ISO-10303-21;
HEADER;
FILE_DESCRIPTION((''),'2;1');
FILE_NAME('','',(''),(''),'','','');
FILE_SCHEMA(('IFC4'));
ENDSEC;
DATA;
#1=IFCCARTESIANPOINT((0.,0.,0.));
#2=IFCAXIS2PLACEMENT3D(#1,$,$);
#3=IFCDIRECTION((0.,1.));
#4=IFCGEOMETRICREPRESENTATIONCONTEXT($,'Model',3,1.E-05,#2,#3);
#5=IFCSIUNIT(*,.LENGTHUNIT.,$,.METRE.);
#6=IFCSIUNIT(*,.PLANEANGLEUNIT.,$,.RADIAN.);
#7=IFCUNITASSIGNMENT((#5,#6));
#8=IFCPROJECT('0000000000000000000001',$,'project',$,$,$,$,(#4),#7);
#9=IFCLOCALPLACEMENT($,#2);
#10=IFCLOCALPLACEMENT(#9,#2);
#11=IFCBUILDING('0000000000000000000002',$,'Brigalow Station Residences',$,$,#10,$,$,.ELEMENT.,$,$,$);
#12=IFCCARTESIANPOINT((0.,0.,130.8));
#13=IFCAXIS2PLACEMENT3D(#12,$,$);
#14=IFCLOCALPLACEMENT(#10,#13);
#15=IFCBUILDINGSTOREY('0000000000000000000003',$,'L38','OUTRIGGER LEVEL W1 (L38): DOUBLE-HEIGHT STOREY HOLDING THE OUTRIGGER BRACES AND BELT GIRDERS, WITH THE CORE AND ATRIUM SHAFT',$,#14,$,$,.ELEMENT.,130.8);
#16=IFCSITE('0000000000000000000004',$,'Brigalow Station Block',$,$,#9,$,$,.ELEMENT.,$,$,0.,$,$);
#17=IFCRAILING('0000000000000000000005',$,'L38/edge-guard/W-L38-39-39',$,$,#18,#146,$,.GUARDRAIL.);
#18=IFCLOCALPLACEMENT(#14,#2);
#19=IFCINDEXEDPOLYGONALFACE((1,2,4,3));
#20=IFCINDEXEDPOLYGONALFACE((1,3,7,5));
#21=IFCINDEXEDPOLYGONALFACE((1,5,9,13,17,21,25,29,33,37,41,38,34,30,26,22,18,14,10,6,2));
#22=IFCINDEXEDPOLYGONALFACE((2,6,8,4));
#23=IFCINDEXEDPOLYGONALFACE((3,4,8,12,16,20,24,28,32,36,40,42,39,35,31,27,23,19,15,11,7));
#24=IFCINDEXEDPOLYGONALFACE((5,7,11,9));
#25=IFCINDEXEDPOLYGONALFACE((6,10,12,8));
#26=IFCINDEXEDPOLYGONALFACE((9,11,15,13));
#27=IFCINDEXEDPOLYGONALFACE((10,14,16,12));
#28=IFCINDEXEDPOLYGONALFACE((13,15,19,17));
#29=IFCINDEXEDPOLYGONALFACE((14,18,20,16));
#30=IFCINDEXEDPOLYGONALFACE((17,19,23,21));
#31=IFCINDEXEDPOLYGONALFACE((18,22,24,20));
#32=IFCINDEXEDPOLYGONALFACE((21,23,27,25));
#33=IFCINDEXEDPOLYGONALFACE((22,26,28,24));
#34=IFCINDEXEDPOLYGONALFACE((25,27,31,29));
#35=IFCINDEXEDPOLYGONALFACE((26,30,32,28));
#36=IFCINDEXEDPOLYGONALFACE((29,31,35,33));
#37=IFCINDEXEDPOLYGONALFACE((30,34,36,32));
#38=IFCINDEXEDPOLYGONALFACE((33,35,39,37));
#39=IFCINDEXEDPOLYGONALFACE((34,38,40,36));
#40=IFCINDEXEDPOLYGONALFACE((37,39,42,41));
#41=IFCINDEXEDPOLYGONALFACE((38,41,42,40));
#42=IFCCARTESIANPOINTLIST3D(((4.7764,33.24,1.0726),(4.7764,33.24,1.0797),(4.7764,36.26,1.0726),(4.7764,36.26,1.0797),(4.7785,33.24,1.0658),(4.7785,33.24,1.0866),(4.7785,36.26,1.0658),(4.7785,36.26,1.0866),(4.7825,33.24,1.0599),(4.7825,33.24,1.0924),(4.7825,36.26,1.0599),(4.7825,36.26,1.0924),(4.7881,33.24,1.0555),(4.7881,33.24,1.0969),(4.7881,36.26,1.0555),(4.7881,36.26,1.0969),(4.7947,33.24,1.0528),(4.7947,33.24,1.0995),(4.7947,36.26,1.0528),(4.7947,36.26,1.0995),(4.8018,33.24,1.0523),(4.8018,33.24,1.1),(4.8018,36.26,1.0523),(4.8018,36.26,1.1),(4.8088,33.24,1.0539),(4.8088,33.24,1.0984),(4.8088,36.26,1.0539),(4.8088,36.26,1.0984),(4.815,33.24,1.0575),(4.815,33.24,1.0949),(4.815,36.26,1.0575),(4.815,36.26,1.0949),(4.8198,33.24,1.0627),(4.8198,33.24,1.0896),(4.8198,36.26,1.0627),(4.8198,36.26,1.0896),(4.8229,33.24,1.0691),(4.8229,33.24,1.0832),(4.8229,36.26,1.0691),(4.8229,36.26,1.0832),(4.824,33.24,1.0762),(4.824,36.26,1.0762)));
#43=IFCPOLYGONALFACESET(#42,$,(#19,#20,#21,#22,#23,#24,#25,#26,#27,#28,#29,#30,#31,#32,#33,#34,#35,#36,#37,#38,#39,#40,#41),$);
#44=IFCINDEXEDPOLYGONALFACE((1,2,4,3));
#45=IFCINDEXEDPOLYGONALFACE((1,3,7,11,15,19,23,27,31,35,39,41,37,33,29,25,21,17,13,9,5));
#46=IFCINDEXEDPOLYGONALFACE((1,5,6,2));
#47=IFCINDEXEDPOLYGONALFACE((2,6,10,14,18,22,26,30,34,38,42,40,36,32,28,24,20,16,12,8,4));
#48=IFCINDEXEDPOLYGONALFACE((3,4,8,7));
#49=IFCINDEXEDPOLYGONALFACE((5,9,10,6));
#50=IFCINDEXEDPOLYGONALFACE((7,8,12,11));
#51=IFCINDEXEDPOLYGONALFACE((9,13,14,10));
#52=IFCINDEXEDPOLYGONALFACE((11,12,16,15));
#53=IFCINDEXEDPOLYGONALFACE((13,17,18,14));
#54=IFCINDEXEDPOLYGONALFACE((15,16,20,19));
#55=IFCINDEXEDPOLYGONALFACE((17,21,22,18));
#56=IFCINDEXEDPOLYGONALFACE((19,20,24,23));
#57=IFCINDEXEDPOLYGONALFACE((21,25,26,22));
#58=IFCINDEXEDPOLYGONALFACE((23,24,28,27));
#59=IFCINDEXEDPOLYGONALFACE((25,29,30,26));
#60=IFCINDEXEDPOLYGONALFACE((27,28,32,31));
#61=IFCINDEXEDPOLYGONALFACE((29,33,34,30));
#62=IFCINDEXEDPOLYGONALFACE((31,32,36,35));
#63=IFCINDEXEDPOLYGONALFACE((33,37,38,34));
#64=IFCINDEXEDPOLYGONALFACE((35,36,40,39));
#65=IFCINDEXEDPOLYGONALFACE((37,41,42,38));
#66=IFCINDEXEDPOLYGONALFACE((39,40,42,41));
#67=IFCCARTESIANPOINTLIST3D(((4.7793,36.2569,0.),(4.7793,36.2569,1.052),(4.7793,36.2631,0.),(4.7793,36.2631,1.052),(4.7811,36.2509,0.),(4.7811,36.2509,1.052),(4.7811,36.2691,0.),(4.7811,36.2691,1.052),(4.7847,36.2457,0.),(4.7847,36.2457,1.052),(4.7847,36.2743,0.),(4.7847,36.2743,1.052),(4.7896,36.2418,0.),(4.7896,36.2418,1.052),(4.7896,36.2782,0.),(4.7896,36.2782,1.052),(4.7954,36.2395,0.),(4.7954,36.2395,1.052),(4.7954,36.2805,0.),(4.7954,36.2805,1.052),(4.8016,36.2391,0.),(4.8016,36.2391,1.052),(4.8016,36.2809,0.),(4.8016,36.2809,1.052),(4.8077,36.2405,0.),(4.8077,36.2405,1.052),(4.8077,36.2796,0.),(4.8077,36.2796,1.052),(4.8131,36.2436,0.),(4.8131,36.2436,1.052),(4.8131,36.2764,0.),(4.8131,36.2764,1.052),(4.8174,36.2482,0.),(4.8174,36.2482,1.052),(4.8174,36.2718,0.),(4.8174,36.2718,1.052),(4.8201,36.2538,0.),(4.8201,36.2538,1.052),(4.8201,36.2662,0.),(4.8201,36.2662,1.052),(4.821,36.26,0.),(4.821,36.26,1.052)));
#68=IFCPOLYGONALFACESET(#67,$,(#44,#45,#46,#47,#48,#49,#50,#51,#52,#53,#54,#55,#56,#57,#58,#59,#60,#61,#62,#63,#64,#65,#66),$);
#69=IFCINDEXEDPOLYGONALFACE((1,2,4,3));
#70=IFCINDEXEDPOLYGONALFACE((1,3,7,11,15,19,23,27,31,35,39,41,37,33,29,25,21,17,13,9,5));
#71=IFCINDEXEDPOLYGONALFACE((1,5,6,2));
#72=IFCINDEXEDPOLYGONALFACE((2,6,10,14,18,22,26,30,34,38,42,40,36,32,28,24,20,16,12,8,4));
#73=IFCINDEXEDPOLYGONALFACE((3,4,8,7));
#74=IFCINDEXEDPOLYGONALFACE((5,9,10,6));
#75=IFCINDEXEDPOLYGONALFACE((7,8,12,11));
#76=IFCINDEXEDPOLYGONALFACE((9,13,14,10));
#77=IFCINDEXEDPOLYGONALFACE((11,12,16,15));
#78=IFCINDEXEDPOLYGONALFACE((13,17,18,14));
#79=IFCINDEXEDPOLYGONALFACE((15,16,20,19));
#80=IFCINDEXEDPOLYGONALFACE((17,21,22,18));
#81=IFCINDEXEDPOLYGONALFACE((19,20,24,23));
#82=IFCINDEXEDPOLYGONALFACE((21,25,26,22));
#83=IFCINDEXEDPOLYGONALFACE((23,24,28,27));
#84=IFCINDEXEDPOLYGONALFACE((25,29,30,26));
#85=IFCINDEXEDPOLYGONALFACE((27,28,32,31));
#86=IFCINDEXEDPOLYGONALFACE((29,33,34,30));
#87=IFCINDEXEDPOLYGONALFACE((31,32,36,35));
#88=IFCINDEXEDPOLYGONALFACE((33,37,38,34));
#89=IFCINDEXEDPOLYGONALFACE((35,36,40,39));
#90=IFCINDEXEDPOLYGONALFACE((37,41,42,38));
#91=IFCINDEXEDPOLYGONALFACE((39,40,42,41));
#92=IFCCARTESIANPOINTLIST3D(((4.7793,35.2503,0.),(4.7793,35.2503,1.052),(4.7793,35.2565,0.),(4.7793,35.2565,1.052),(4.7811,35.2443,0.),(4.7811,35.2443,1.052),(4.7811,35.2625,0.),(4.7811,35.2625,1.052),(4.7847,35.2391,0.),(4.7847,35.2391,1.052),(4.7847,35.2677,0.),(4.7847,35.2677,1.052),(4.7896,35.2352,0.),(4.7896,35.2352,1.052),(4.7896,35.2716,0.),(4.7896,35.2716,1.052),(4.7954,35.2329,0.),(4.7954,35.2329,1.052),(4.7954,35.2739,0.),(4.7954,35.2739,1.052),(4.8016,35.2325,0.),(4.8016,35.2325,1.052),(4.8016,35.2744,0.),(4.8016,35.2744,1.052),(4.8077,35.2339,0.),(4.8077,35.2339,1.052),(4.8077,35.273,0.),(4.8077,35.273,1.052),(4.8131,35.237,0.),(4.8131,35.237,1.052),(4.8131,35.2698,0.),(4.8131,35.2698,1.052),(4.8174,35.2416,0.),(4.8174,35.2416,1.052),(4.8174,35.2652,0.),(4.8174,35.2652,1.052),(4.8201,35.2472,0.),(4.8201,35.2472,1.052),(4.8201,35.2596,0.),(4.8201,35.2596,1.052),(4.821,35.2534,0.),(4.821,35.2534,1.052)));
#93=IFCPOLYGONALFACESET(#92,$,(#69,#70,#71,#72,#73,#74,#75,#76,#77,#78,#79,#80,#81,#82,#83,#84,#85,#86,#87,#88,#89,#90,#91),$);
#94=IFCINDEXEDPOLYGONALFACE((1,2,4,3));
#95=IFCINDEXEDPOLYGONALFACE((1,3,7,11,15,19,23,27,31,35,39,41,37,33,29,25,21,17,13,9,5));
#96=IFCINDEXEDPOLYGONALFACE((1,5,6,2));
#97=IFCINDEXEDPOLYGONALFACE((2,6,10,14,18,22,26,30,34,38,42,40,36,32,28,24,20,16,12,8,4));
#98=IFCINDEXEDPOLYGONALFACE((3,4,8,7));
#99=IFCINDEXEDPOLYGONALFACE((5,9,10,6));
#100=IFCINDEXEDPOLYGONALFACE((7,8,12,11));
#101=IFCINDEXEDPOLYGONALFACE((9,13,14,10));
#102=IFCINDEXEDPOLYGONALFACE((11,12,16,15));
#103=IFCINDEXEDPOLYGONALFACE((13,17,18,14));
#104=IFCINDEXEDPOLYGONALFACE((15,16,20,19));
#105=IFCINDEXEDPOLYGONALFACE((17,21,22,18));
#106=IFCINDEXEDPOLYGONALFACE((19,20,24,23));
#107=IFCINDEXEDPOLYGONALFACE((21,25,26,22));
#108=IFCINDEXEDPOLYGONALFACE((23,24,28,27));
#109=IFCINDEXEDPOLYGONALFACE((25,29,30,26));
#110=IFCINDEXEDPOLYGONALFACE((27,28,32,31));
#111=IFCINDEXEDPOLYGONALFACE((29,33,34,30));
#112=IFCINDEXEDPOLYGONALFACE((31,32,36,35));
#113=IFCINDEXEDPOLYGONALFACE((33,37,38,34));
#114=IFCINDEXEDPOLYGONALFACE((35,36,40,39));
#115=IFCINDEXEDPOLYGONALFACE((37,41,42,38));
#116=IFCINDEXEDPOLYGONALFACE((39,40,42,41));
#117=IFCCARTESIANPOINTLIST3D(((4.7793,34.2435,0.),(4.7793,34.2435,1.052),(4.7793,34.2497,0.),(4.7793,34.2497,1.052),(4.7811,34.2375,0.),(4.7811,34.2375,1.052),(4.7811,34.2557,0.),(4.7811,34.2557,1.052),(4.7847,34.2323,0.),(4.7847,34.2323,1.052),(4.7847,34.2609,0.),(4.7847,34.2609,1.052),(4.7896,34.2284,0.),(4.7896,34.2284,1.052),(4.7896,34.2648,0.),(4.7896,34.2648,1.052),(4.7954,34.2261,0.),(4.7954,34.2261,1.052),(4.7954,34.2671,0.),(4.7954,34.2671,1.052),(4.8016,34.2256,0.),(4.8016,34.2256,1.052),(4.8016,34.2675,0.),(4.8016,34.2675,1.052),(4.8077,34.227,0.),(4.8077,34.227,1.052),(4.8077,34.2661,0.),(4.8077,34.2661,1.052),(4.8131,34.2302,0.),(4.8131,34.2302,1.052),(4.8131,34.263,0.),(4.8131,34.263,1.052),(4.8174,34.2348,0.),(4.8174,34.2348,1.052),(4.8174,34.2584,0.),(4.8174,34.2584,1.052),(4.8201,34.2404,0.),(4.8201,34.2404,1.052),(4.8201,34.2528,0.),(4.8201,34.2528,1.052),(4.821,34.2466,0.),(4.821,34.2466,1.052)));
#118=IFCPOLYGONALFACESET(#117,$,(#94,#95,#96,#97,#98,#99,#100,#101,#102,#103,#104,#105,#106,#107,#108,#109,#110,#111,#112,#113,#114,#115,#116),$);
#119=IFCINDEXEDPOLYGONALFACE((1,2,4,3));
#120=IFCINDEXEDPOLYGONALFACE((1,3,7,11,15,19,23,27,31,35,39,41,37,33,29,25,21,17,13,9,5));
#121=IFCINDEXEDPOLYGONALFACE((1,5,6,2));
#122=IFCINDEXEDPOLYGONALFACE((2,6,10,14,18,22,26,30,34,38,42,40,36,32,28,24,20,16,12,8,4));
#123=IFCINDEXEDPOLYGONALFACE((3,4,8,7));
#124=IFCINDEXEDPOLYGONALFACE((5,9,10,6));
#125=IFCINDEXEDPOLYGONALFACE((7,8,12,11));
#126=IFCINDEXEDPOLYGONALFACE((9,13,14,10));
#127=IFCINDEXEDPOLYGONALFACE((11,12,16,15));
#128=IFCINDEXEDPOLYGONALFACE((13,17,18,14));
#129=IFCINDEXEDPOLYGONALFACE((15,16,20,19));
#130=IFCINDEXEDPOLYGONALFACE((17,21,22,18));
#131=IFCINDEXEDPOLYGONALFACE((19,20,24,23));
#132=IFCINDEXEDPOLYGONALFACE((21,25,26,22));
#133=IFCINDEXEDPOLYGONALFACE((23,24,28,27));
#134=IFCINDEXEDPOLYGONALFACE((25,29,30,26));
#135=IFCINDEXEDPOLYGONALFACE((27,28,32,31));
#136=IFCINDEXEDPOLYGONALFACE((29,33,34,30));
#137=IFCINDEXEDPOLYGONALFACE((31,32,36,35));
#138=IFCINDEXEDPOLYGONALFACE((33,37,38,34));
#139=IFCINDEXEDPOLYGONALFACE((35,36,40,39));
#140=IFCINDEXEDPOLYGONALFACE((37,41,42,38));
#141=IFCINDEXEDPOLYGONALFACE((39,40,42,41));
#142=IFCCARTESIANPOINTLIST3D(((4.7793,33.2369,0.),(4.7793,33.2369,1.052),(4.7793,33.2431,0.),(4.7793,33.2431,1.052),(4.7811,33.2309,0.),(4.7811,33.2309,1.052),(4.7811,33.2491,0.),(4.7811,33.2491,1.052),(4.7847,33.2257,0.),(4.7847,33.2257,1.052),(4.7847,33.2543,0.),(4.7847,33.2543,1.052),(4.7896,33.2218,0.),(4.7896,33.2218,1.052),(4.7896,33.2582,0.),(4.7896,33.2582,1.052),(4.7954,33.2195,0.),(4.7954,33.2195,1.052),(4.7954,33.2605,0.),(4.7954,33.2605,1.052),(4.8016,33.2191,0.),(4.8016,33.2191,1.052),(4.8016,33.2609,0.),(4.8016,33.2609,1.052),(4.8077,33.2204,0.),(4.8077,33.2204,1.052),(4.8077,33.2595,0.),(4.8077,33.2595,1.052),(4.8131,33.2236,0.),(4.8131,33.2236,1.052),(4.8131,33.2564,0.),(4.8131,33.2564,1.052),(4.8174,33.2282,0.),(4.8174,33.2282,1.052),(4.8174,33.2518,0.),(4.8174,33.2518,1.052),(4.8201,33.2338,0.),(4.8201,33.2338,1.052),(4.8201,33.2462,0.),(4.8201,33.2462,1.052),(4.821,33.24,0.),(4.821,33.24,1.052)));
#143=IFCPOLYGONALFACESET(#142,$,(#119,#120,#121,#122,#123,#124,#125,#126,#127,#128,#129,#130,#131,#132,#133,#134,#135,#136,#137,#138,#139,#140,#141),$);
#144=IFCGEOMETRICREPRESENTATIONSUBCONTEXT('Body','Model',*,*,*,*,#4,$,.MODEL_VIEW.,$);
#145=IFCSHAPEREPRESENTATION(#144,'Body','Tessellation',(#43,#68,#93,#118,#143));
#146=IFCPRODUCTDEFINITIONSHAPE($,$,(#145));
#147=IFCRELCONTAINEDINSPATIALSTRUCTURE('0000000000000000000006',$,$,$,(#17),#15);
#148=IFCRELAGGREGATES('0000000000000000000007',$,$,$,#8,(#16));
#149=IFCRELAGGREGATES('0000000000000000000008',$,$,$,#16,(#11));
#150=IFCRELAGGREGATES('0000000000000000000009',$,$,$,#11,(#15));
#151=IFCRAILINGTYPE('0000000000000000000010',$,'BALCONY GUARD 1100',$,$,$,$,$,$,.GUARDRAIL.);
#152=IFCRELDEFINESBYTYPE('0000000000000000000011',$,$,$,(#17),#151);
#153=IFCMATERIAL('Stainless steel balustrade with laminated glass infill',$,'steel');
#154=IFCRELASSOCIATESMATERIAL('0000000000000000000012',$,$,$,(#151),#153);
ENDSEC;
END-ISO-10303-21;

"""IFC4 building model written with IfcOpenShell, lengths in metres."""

from ifc_helpers import new_model, si_unit, direction, frame, origin, origin_2d, place, context, subcontext, project, spatial, circle, extrude, material, type_object, element, save


model = new_model("IFC4")

# Units and contexts
model_context = context("Model", 3, precision=1e-05, world=origin(), true_north=direction((0.0, 1.0)))
body_context = subcontext(model_context, "Body", "Model", "MODEL_VIEW")
ifc_project = project(units=[si_unit("LENGTHUNIT", "METRE"), si_unit("PLANEANGLEUNIT", "RADIAN")], contexts=[model_context])

# Site, building, storey
site_placement = place(None, origin())
site = spatial("IfcSite", under=ifc_project, at=site_placement, Name="Brigalow Station Block", CompositionType="ELEMENT", RefElevation=0.0)
building_placement = place(site_placement, origin())
building = spatial("IfcBuilding", under=site, at=building_placement, Name="Brigalow Station Residences", CompositionType="ELEMENT")
storey_placement = place(building_placement, frame((0.0, 0.0, 130.8)))
storey = spatial("IfcBuildingStorey", under=building, at=storey_placement, Name="L38", Description="OUTRIGGER LEVEL W1 (L38): DOUBLE-HEIGHT STOREY HOLDING THE OUTRIGGER BRACES AND BELT GIRDERS, WITH THE CORE AND ATRIUM SHAFT", CompositionType="ELEMENT", Elevation=130.8)

# Railing
ifc_material_1 = material(Name="Stainless steel balustrade with laminated glass infill", Category="steel")
railing_type_1 = type_object("IfcRailingType", Name="BALCONY GUARD 1100", PredefinedType="GUARDRAIL", material=ifc_material_1)
railing_1_placement = place(storey_placement, frame((4.8, 36.26, 0.0)))
element("IfcRailing", 1, at=railing_1_placement, inside=storey, type_object=railing_type_1, Name="L38/edge-guard/W-L38-39-39", PredefinedType="GUARDRAIL", context=body_context, shape_type="SweptSolid", body=[
    extrude(circle(Radius=0.0239, at=origin_2d()), frame((0.0, 0.0, 1.0762), z_axis=(0.0, -1.0, 0.0), x_axis=(1.0, 0.0, 0.0)), (0.0, 0.0, 1.0), 3.02),
    extrude(circle(Radius=0.021, at=origin_2d()), origin(), (0.0, 0.0, 1.0), 1.052),
    extrude(circle(Radius=0.021, at=origin_2d()), frame((0.0, -1.0066, 0.0)), (0.0, 0.0, 1.0), 1.052),
    extrude(circle(Radius=0.021, at=origin_2d()), frame((0.0, -2.0134, 0.0)), (0.0, 0.0, 1.0), 1.052),
    extrude(circle(Radius=0.021, at=origin_2d()), frame((0.0, -3.02, 0.0)), (0.0, 0.0, 1.0), 1.052),
])

save(model, "model.ifc")
